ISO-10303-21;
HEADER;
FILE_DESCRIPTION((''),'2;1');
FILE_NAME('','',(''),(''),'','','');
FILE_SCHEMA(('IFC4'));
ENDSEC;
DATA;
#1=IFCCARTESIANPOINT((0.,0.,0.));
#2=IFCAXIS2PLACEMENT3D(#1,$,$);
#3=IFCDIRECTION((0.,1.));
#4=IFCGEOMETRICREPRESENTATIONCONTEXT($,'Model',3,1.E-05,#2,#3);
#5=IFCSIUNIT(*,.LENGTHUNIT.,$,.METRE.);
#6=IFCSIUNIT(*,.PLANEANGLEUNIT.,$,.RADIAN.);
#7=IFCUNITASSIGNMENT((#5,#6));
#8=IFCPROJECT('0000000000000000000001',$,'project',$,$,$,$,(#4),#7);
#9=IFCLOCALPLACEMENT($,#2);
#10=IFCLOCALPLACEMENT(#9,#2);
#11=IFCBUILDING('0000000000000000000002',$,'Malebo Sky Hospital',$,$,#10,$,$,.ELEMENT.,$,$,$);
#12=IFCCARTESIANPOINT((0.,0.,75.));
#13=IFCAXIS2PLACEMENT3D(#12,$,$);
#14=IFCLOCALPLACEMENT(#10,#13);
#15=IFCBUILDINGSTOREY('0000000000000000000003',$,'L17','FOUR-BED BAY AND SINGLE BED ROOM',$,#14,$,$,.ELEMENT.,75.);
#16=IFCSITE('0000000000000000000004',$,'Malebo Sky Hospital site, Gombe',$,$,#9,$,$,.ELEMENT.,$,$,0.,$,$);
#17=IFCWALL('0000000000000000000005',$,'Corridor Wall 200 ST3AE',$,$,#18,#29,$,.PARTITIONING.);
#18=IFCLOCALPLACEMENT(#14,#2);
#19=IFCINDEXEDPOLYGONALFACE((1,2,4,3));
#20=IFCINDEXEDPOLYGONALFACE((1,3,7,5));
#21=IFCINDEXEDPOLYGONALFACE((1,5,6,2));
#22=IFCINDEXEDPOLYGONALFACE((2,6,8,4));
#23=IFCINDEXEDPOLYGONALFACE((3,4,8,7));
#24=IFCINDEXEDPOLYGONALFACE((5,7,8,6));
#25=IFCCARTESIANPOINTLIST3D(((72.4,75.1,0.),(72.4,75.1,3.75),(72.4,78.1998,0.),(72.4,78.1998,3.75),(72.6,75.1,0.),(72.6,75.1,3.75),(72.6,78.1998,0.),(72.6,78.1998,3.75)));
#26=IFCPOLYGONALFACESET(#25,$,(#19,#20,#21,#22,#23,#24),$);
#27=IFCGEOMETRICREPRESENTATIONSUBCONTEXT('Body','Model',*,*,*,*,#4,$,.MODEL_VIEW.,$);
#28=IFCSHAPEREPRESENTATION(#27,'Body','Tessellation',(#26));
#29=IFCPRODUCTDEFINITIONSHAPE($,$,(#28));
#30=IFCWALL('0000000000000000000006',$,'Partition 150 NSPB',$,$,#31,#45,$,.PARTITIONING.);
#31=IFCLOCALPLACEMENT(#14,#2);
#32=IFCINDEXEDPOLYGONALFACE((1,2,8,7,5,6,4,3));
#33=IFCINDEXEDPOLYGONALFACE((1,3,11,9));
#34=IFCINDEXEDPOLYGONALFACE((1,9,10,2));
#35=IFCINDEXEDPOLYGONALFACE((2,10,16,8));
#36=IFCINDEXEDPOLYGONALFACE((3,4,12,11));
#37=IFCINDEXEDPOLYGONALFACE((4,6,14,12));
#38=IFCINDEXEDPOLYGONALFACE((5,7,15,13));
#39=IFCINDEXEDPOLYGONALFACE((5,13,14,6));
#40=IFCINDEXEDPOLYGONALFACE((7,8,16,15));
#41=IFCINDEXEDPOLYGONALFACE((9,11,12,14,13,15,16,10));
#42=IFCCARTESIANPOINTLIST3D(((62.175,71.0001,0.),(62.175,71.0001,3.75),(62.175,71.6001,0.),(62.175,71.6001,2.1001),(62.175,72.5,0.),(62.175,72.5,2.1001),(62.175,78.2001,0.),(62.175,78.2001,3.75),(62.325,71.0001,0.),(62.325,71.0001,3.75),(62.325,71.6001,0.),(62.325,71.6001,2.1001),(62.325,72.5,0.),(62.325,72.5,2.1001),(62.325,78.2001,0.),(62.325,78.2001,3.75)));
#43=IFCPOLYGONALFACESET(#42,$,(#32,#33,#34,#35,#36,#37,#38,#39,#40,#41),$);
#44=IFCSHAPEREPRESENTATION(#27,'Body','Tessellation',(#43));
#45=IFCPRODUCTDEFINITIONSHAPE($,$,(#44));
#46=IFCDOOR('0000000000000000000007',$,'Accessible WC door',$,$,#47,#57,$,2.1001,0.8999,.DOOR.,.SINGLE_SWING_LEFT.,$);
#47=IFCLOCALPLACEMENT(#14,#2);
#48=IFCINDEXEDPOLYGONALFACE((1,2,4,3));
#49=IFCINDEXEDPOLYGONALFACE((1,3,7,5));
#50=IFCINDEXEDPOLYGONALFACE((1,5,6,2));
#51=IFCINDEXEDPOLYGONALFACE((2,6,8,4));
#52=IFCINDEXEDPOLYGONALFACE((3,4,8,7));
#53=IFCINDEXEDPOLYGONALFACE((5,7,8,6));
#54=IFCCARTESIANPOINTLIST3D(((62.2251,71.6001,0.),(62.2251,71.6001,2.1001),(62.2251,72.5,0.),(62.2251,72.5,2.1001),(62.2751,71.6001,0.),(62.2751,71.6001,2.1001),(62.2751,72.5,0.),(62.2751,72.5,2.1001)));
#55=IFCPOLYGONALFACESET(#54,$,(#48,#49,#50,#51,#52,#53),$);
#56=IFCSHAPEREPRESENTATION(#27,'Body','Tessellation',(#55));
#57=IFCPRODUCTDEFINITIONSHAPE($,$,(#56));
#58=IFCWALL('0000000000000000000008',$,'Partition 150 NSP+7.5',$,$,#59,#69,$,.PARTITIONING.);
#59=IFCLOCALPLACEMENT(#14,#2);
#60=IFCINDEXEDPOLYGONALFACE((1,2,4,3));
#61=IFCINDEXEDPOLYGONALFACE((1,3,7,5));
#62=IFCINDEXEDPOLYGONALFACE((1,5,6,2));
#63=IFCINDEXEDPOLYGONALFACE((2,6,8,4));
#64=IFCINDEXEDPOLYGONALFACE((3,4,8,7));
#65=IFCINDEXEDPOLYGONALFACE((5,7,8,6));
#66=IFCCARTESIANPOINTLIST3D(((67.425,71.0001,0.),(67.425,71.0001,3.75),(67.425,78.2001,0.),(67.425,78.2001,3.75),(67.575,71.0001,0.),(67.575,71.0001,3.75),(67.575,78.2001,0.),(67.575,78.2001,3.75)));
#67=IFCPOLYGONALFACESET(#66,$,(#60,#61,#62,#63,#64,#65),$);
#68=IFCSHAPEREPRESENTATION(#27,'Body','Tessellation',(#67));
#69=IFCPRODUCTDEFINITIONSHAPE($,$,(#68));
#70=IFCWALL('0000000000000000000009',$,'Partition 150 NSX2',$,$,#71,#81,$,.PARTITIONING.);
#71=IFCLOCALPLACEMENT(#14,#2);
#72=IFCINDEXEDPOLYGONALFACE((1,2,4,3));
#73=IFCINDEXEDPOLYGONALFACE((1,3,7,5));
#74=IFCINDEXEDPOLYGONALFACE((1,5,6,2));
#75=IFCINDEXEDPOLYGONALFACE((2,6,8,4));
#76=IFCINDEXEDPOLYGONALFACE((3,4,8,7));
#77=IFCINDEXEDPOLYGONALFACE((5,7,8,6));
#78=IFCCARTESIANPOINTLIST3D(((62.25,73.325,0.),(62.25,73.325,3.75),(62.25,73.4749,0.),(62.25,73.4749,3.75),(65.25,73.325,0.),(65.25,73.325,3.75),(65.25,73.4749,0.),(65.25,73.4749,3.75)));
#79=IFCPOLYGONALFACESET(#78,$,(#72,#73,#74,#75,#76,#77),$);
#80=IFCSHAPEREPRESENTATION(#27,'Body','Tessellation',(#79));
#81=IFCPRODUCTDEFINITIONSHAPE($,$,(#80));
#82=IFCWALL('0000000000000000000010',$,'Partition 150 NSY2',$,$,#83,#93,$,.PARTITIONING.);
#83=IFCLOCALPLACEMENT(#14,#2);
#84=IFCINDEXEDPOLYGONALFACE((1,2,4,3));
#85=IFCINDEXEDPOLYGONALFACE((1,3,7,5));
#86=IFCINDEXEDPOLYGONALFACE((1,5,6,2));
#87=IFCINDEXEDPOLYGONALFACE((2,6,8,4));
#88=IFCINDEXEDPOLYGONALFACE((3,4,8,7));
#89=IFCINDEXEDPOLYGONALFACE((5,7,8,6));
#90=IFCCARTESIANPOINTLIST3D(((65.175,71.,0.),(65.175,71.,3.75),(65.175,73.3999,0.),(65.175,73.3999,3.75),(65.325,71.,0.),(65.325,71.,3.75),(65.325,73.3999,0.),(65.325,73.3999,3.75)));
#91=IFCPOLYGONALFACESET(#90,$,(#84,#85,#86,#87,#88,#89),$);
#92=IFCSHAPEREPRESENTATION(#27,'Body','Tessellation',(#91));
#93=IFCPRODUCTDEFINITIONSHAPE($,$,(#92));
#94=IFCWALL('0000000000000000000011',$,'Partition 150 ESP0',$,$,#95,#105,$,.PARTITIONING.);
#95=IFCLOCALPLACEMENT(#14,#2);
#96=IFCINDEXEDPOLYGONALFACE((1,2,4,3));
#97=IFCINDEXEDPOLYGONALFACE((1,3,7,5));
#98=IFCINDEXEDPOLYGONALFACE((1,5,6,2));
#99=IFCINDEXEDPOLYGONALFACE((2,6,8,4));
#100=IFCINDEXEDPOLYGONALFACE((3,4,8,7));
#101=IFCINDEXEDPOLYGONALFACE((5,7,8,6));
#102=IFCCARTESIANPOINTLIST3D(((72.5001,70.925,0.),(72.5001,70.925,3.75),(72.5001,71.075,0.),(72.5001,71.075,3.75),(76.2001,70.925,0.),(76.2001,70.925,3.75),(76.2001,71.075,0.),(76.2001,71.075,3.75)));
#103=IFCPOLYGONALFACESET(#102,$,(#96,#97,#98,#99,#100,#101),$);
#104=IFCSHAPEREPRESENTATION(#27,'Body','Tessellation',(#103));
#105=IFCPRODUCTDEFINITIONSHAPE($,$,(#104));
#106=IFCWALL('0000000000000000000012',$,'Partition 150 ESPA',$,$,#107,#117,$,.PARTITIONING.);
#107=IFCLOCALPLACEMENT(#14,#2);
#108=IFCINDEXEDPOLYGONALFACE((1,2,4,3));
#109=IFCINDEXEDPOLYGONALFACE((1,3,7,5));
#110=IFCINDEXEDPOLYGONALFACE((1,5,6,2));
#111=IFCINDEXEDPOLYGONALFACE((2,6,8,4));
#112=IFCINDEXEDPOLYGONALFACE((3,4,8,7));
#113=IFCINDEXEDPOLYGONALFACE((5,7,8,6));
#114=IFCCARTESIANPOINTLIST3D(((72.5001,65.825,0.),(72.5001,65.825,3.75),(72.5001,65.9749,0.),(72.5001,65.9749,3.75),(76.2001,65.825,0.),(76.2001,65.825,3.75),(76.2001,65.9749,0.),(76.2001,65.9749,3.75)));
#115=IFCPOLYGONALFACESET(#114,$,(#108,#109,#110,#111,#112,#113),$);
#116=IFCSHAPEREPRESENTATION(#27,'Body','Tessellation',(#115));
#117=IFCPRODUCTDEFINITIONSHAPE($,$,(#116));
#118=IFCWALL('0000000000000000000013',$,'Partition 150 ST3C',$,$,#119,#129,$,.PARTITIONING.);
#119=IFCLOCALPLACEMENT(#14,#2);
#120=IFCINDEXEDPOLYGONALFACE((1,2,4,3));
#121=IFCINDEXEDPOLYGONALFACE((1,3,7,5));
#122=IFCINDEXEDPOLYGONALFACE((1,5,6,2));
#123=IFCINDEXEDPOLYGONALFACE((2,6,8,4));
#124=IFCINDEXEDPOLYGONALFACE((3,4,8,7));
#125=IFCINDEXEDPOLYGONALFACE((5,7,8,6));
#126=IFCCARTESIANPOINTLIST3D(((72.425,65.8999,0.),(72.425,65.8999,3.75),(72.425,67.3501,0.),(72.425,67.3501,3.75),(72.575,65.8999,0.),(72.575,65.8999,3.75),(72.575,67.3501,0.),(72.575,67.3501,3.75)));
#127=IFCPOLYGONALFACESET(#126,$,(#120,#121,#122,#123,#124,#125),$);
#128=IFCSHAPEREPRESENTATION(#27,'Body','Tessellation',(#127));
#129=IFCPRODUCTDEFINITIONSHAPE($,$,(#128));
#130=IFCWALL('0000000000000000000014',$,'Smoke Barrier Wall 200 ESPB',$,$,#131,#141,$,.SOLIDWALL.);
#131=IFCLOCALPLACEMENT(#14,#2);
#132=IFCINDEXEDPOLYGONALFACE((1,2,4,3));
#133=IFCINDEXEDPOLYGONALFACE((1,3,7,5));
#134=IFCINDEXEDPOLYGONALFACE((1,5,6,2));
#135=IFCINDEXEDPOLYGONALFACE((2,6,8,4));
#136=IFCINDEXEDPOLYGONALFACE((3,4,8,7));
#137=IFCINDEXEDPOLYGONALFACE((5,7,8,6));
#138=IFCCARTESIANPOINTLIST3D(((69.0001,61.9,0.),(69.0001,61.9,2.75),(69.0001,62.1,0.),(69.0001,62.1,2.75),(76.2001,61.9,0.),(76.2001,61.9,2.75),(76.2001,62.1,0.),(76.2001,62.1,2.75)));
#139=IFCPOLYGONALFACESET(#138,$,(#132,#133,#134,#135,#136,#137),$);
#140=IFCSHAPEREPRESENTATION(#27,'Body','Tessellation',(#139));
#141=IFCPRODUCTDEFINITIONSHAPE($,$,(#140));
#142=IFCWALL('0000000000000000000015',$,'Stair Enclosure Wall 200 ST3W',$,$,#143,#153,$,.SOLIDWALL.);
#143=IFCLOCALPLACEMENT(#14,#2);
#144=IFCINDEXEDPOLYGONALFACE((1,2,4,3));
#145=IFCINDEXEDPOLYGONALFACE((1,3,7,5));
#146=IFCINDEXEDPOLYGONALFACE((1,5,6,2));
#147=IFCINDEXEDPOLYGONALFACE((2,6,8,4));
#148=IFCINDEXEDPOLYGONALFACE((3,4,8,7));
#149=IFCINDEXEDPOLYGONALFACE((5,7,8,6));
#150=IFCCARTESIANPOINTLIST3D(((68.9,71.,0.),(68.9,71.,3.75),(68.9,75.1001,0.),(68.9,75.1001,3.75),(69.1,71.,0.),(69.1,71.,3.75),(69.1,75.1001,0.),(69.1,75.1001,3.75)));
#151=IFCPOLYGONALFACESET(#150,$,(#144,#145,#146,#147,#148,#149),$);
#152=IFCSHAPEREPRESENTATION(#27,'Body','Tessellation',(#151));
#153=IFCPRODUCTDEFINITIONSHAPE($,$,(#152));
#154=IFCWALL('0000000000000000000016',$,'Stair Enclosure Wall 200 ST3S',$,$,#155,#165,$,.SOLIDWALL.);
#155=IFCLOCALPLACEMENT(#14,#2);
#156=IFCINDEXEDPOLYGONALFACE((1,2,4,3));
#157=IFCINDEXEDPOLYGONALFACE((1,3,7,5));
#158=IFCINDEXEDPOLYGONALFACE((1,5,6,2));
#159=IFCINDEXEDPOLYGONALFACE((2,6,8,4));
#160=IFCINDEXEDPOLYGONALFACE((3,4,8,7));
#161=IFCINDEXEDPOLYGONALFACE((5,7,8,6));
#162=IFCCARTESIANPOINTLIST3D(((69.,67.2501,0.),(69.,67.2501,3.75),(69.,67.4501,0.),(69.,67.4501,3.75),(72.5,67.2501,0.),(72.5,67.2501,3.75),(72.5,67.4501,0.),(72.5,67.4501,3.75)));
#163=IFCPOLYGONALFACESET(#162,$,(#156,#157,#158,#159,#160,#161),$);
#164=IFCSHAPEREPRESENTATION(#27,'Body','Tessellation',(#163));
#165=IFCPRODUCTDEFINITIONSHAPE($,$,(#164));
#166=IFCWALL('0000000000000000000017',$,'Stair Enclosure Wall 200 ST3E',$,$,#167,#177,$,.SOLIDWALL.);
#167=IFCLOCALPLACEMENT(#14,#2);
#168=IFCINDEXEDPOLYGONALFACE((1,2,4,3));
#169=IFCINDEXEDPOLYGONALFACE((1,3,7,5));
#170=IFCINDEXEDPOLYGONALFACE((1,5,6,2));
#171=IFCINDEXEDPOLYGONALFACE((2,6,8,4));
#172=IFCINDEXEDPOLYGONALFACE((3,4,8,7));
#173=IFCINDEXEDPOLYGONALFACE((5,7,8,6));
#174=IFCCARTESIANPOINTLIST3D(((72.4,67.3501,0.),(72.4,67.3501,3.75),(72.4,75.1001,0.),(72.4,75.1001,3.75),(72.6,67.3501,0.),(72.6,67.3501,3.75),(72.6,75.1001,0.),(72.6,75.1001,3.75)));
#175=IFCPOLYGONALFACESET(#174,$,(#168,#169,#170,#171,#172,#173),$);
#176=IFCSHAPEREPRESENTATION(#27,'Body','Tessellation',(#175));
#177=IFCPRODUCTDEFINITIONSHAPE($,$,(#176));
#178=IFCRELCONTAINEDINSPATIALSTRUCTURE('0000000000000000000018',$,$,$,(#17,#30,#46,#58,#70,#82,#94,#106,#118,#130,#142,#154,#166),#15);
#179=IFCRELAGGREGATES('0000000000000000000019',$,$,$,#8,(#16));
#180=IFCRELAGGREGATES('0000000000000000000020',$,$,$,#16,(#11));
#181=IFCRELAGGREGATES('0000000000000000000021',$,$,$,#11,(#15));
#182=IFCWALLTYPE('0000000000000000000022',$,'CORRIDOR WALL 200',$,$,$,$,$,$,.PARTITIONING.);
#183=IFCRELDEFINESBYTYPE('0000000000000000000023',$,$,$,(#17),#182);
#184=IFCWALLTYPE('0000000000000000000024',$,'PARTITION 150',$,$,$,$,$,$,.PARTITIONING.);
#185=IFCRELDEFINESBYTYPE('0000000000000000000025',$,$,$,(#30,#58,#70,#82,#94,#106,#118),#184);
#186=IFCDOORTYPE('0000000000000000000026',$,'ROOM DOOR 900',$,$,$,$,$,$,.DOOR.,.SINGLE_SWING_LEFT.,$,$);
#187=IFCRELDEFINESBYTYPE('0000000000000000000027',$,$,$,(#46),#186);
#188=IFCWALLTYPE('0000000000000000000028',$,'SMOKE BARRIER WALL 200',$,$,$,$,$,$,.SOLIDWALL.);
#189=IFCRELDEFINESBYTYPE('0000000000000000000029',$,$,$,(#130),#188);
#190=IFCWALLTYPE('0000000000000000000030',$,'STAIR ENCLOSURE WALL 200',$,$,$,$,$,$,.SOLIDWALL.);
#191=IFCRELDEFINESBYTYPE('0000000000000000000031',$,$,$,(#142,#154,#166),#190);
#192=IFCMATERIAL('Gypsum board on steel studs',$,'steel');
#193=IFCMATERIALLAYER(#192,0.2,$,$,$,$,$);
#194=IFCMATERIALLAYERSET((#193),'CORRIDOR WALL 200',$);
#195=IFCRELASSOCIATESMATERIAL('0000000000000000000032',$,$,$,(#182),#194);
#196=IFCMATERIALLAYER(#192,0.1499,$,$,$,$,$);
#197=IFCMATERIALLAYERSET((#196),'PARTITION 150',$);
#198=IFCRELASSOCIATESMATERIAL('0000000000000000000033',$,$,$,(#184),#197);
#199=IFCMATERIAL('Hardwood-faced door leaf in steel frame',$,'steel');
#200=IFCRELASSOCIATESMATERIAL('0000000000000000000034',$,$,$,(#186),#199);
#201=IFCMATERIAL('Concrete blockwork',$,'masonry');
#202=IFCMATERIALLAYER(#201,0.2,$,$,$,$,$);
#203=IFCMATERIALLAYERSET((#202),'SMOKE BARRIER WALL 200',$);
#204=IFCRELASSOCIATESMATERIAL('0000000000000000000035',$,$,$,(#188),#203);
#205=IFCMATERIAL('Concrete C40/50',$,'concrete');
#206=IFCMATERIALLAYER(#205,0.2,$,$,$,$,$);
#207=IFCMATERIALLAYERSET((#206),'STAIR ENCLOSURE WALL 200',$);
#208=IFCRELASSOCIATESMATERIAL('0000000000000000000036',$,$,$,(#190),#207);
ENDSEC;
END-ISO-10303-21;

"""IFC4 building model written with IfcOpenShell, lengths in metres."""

from ifc_helpers import new_model, si_unit, direction, frame, frame_2d, origin, place, context, subcontext, project, spatial, rectangle, extrude, material, layer, layer_set, type_object, element, fill, save


model = new_model("IFC4")

# Units and contexts
model_context = context("Model", 3, precision=1e-05, world=origin(), true_north=direction((0.0, 1.0)))
body_context = subcontext(model_context, "Body", "Model", "MODEL_VIEW")
ifc_project = project(units=[si_unit("LENGTHUNIT", "METRE"), si_unit("PLANEANGLEUNIT", "RADIAN")], contexts=[model_context])

# Site, building, storey
site_placement = place(None, origin())
site = spatial("IfcSite", under=ifc_project, at=site_placement, Name="Malebo Sky Hospital site, Gombe", CompositionType="ELEMENT", RefElevation=0.0)
building_placement = place(site_placement, origin())
building = spatial("IfcBuilding", under=site, at=building_placement, Name="Malebo Sky Hospital", CompositionType="ELEMENT")
storey_placement = place(building_placement, frame((0.0, 0.0, 75.0)))
storey = spatial("IfcBuildingStorey", under=building, at=storey_placement, Name="L17", Description="FOUR-BED BAY AND SINGLE BED ROOM", CompositionType="ELEMENT", Elevation=75.0)

# Wall
ifc_material_1 = material(Name="Gypsum board on steel studs", Category="steel")
ifc_layer_1 = layer(ifc_material_1, 0.2)
ifc_layer_set_1 = layer_set([ifc_layer_1], Name="CORRIDOR WALL 200")
wall_type_1 = type_object("IfcWallType", Name="CORRIDOR WALL 200", PredefinedType="PARTITIONING", material=ifc_layer_set_1)
for number, where, z_axis, x_axis, name in (
    (1, (72.5, 75.1001, 0.0), (0.0, 0.0, 1.0), (0.0, 1.0, 0.0), "Corridor Wall 200 ST3AE"),
):
    element("IfcWall", number, at=place(storey_placement, frame(where, z_axis=z_axis, x_axis=x_axis)), inside=storey, type_object=wall_type_1, Name=name, PredefinedType="PARTITIONING", context=body_context, shape_type="SweptSolid", body=[
        extrude(rectangle(XDim=3.0999, YDim=0.2, at=frame_2d((1.5498, 0.0))), origin(), (0.0, 0.0, 1.0), 3.75),
    ])

# Wall, opening, door
ifc_layer_2 = layer(ifc_material_1, 0.1499)
ifc_layer_set_2 = layer_set([ifc_layer_2], Name="PARTITION 150")
wall_type_2 = type_object("IfcWallType", Name="PARTITION 150", PredefinedType="PARTITIONING", material=ifc_layer_set_2)
wall_1_placement = place(storey_placement, frame((62.25, 71.0, 0.0), z_axis=(0.0, 0.0, 1.0), x_axis=(0.0, 1.0, 0.0)))
wall_1 = element("IfcWall", 2, at=wall_1_placement, inside=storey, type_object=wall_type_2, Name="Partition 150 NSPB", PredefinedType="PARTITIONING", context=body_context, shape_type="SweptSolid", body=[
    extrude(rectangle(XDim=7.2, YDim=0.1499, at=frame_2d((3.6001, 0.0))), origin(), (0.0, 0.0, 1.0), 3.75),
])
opening_1_placement = place(wall_1_placement, frame((0.6001, 0.0, 0.0)))
opening_1 = element("IfcOpeningElement", 3, at=opening_1_placement, cuts=wall_1, PredefinedType="OPENING", context=body_context, shape_type="SweptSolid", body=[
    extrude(rectangle(XDim=0.8999, YDim=2.1001, at=frame_2d((0.45, 1.05))), frame((0.0, 0.085, 0.0), z_axis=(0.0, -1.0, 0.0), x_axis=(1.0, 0.0, 0.0)), (0.0, 0.0, 1.0), 0.1699),
])
ifc_material_2 = material(Name="Hardwood-faced door leaf in steel frame", Category="steel")
door_type_1 = type_object("IfcDoorType", Name="ROOM DOOR 900", OperationType="SINGLE_SWING_LEFT", PredefinedType="DOOR", material=ifc_material_2)
door_1_placement = place(opening_1_placement, origin())
door_1 = element("IfcDoor", 4, at=door_1_placement, inside=storey, type_object=door_type_1, Name="Accessible WC door", OperationType="SINGLE_SWING_LEFT", OverallHeight=2.1001, OverallWidth=0.8999, PredefinedType="DOOR", context=body_context, shape_type="SweptSolid", body=[
    extrude(rectangle(XDim=0.8999, YDim=2.1001, at=frame_2d((0.45, 1.05))), frame((0.0, 0.0249, 0.0), z_axis=(0.0, -1.0, 0.0), x_axis=(1.0, 0.0, 0.0)), (0.0, 0.0, 1.0), 0.05),
])
fill(opening_1, door_1)

# Walls
wall_2_placement = place(storey_placement, frame((67.5, 71.0, 0.0), z_axis=(0.0, 0.0, 1.0), x_axis=(0.0, 1.0, 0.0)))
element("IfcWall", 5, at=wall_2_placement, inside=storey, type_object=wall_type_2, Name="Partition 150 NSP+7.5", PredefinedType="PARTITIONING", context=body_context, shape_type="SweptSolid", body=[
    extrude(rectangle(XDim=7.2, YDim=0.1499, at=frame_2d((3.6001, 0.0))), origin(), (0.0, 0.0, 1.0), 3.75),
])
wall_3_placement = place(storey_placement, frame((62.25, 73.3999, 0.0), z_axis=(0.0, 0.0, 1.0), x_axis=(1.0, 0.0, 0.0)))
element("IfcWall", 6, at=wall_3_placement, inside=storey, type_object=wall_type_2, Name="Partition 150 NSX2", PredefinedType="PARTITIONING", context=body_context, shape_type="SweptSolid", body=[
    extrude(rectangle(XDim=3.0, YDim=0.1499, at=frame_2d((1.5, 0.0))), origin(), (0.0, 0.0, 1.0), 3.75),
])
wall_4_placement = place(storey_placement, frame((65.25, 71.0, 0.0), z_axis=(0.0, 0.0, 1.0), x_axis=(0.0, 1.0, 0.0)))
element("IfcWall", 7, at=wall_4_placement, inside=storey, type_object=wall_type_2, Name="Partition 150 NSY2", PredefinedType="PARTITIONING", context=body_context, shape_type="SweptSolid", body=[
    extrude(rectangle(XDim=2.3999, YDim=0.1499, at=frame_2d((1.2, 0.0))), origin(), (0.0, 0.0, 1.0), 3.75),
])
for number, where, z_axis, x_axis, name in (
    (8, (72.5, 71.0, 0.0), (0.0, 0.0, 1.0), (1.0, 0.0, 0.0), "Partition 150 ESP0"),
    (9, (72.5, 65.8999, 0.0), (0.0, 0.0, 1.0), (1.0, 0.0, 0.0), "Partition 150 ESPA"),
):
    element("IfcWall", number, at=place(storey_placement, frame(where, z_axis=z_axis, x_axis=x_axis)), inside=storey, type_object=wall_type_2, Name=name, PredefinedType="PARTITIONING", context=body_context, shape_type="SweptSolid", body=[
        extrude(rectangle(XDim=3.7, YDim=0.1499, at=frame_2d((1.8501, 0.0))), origin(), (0.0, 0.0, 1.0), 3.75),
    ])
wall_5_placement = place(storey_placement, frame((72.5, 65.8999, 0.0), z_axis=(0.0, 0.0, 1.0), x_axis=(0.0, 1.0, 0.0)))
element("IfcWall", 10, at=wall_5_placement, inside=storey, type_object=wall_type_2, Name="Partition 150 ST3C", PredefinedType="PARTITIONING", context=body_context, shape_type="SweptSolid", body=[
    extrude(rectangle(XDim=1.4502, YDim=0.1499, at=frame_2d((0.7251, 0.0))), origin(), (0.0, 0.0, 1.0), 3.75),
])
ifc_material_3 = material(Name="Concrete blockwork", Category="masonry")
ifc_layer_3 = layer(ifc_material_3, 0.2)
ifc_layer_set_3 = layer_set([ifc_layer_3], Name="SMOKE BARRIER WALL 200")
wall_type_3 = type_object("IfcWallType", Name="SMOKE BARRIER WALL 200", PredefinedType="SOLIDWALL", material=ifc_layer_set_3)
wall_6_placement = place(storey_placement, frame((69.0, 62.0, 0.0), z_axis=(0.0, 0.0, 1.0), x_axis=(1.0, 0.0, 0.0)))
element("IfcWall", 11, at=wall_6_placement, inside=storey, type_object=wall_type_3, Name="Smoke Barrier Wall 200 ESPB", PredefinedType="SOLIDWALL", context=body_context, shape_type="SweptSolid", body=[
    extrude(rectangle(XDim=7.2, YDim=0.2, at=frame_2d((3.6001, 0.0))), origin(), (0.0, 0.0, 1.0), 2.75),
])
ifc_material_4 = material(Name="Concrete C40/50", Category="concrete")
ifc_layer_4 = layer(ifc_material_4, 0.2)
ifc_layer_set_4 = layer_set([ifc_layer_4], Name="STAIR ENCLOSURE WALL 200")
wall_type_4 = type_object("IfcWallType", Name="STAIR ENCLOSURE WALL 200", PredefinedType="SOLIDWALL", material=ifc_layer_set_4)
wall_7_placement = place(storey_placement, frame((69.0, 71.0, 0.0), z_axis=(0.0, 0.0, 1.0), x_axis=(0.0, 1.0, 0.0)))
element("IfcWall", 12, at=wall_7_placement, inside=storey, type_object=wall_type_4, Name="Stair Enclosure Wall 200 ST3W", PredefinedType="SOLIDWALL", context=body_context, shape_type="SweptSolid", body=[
    extrude(rectangle(XDim=4.1001, YDim=0.2, at=frame_2d((2.05, 0.0))), origin(), (0.0, 0.0, 1.0), 3.75),
])
wall_8_placement = place(storey_placement, frame((69.0, 67.3501, 0.0), z_axis=(0.0, 0.0, 1.0), x_axis=(1.0, 0.0, 0.0)))
element("IfcWall", 13, at=wall_8_placement, inside=storey, type_object=wall_type_4, Name="Stair Enclosure Wall 200 ST3S", PredefinedType="SOLIDWALL", context=body_context, shape_type="SweptSolid", body=[
    extrude(rectangle(XDim=3.5, YDim=0.2, at=frame_2d((1.75, 0.0))), origin(), (0.0, 0.0, 1.0), 3.75),
])
wall_9_placement = place(storey_placement, frame((72.5, 67.3501, 0.0), z_axis=(0.0, 0.0, 1.0), x_axis=(0.0, 1.0, 0.0)))
element("IfcWall", 14, at=wall_9_placement, inside=storey, type_object=wall_type_4, Name="Stair Enclosure Wall 200 ST3E", PredefinedType="SOLIDWALL", context=body_context, shape_type="SweptSolid", body=[
    extrude(rectangle(XDim=7.75, YDim=0.2, at=frame_2d((3.875, 0.0))), origin(), (0.0, 0.0, 1.0), 3.75),
])

save(model, "model.ifc")
